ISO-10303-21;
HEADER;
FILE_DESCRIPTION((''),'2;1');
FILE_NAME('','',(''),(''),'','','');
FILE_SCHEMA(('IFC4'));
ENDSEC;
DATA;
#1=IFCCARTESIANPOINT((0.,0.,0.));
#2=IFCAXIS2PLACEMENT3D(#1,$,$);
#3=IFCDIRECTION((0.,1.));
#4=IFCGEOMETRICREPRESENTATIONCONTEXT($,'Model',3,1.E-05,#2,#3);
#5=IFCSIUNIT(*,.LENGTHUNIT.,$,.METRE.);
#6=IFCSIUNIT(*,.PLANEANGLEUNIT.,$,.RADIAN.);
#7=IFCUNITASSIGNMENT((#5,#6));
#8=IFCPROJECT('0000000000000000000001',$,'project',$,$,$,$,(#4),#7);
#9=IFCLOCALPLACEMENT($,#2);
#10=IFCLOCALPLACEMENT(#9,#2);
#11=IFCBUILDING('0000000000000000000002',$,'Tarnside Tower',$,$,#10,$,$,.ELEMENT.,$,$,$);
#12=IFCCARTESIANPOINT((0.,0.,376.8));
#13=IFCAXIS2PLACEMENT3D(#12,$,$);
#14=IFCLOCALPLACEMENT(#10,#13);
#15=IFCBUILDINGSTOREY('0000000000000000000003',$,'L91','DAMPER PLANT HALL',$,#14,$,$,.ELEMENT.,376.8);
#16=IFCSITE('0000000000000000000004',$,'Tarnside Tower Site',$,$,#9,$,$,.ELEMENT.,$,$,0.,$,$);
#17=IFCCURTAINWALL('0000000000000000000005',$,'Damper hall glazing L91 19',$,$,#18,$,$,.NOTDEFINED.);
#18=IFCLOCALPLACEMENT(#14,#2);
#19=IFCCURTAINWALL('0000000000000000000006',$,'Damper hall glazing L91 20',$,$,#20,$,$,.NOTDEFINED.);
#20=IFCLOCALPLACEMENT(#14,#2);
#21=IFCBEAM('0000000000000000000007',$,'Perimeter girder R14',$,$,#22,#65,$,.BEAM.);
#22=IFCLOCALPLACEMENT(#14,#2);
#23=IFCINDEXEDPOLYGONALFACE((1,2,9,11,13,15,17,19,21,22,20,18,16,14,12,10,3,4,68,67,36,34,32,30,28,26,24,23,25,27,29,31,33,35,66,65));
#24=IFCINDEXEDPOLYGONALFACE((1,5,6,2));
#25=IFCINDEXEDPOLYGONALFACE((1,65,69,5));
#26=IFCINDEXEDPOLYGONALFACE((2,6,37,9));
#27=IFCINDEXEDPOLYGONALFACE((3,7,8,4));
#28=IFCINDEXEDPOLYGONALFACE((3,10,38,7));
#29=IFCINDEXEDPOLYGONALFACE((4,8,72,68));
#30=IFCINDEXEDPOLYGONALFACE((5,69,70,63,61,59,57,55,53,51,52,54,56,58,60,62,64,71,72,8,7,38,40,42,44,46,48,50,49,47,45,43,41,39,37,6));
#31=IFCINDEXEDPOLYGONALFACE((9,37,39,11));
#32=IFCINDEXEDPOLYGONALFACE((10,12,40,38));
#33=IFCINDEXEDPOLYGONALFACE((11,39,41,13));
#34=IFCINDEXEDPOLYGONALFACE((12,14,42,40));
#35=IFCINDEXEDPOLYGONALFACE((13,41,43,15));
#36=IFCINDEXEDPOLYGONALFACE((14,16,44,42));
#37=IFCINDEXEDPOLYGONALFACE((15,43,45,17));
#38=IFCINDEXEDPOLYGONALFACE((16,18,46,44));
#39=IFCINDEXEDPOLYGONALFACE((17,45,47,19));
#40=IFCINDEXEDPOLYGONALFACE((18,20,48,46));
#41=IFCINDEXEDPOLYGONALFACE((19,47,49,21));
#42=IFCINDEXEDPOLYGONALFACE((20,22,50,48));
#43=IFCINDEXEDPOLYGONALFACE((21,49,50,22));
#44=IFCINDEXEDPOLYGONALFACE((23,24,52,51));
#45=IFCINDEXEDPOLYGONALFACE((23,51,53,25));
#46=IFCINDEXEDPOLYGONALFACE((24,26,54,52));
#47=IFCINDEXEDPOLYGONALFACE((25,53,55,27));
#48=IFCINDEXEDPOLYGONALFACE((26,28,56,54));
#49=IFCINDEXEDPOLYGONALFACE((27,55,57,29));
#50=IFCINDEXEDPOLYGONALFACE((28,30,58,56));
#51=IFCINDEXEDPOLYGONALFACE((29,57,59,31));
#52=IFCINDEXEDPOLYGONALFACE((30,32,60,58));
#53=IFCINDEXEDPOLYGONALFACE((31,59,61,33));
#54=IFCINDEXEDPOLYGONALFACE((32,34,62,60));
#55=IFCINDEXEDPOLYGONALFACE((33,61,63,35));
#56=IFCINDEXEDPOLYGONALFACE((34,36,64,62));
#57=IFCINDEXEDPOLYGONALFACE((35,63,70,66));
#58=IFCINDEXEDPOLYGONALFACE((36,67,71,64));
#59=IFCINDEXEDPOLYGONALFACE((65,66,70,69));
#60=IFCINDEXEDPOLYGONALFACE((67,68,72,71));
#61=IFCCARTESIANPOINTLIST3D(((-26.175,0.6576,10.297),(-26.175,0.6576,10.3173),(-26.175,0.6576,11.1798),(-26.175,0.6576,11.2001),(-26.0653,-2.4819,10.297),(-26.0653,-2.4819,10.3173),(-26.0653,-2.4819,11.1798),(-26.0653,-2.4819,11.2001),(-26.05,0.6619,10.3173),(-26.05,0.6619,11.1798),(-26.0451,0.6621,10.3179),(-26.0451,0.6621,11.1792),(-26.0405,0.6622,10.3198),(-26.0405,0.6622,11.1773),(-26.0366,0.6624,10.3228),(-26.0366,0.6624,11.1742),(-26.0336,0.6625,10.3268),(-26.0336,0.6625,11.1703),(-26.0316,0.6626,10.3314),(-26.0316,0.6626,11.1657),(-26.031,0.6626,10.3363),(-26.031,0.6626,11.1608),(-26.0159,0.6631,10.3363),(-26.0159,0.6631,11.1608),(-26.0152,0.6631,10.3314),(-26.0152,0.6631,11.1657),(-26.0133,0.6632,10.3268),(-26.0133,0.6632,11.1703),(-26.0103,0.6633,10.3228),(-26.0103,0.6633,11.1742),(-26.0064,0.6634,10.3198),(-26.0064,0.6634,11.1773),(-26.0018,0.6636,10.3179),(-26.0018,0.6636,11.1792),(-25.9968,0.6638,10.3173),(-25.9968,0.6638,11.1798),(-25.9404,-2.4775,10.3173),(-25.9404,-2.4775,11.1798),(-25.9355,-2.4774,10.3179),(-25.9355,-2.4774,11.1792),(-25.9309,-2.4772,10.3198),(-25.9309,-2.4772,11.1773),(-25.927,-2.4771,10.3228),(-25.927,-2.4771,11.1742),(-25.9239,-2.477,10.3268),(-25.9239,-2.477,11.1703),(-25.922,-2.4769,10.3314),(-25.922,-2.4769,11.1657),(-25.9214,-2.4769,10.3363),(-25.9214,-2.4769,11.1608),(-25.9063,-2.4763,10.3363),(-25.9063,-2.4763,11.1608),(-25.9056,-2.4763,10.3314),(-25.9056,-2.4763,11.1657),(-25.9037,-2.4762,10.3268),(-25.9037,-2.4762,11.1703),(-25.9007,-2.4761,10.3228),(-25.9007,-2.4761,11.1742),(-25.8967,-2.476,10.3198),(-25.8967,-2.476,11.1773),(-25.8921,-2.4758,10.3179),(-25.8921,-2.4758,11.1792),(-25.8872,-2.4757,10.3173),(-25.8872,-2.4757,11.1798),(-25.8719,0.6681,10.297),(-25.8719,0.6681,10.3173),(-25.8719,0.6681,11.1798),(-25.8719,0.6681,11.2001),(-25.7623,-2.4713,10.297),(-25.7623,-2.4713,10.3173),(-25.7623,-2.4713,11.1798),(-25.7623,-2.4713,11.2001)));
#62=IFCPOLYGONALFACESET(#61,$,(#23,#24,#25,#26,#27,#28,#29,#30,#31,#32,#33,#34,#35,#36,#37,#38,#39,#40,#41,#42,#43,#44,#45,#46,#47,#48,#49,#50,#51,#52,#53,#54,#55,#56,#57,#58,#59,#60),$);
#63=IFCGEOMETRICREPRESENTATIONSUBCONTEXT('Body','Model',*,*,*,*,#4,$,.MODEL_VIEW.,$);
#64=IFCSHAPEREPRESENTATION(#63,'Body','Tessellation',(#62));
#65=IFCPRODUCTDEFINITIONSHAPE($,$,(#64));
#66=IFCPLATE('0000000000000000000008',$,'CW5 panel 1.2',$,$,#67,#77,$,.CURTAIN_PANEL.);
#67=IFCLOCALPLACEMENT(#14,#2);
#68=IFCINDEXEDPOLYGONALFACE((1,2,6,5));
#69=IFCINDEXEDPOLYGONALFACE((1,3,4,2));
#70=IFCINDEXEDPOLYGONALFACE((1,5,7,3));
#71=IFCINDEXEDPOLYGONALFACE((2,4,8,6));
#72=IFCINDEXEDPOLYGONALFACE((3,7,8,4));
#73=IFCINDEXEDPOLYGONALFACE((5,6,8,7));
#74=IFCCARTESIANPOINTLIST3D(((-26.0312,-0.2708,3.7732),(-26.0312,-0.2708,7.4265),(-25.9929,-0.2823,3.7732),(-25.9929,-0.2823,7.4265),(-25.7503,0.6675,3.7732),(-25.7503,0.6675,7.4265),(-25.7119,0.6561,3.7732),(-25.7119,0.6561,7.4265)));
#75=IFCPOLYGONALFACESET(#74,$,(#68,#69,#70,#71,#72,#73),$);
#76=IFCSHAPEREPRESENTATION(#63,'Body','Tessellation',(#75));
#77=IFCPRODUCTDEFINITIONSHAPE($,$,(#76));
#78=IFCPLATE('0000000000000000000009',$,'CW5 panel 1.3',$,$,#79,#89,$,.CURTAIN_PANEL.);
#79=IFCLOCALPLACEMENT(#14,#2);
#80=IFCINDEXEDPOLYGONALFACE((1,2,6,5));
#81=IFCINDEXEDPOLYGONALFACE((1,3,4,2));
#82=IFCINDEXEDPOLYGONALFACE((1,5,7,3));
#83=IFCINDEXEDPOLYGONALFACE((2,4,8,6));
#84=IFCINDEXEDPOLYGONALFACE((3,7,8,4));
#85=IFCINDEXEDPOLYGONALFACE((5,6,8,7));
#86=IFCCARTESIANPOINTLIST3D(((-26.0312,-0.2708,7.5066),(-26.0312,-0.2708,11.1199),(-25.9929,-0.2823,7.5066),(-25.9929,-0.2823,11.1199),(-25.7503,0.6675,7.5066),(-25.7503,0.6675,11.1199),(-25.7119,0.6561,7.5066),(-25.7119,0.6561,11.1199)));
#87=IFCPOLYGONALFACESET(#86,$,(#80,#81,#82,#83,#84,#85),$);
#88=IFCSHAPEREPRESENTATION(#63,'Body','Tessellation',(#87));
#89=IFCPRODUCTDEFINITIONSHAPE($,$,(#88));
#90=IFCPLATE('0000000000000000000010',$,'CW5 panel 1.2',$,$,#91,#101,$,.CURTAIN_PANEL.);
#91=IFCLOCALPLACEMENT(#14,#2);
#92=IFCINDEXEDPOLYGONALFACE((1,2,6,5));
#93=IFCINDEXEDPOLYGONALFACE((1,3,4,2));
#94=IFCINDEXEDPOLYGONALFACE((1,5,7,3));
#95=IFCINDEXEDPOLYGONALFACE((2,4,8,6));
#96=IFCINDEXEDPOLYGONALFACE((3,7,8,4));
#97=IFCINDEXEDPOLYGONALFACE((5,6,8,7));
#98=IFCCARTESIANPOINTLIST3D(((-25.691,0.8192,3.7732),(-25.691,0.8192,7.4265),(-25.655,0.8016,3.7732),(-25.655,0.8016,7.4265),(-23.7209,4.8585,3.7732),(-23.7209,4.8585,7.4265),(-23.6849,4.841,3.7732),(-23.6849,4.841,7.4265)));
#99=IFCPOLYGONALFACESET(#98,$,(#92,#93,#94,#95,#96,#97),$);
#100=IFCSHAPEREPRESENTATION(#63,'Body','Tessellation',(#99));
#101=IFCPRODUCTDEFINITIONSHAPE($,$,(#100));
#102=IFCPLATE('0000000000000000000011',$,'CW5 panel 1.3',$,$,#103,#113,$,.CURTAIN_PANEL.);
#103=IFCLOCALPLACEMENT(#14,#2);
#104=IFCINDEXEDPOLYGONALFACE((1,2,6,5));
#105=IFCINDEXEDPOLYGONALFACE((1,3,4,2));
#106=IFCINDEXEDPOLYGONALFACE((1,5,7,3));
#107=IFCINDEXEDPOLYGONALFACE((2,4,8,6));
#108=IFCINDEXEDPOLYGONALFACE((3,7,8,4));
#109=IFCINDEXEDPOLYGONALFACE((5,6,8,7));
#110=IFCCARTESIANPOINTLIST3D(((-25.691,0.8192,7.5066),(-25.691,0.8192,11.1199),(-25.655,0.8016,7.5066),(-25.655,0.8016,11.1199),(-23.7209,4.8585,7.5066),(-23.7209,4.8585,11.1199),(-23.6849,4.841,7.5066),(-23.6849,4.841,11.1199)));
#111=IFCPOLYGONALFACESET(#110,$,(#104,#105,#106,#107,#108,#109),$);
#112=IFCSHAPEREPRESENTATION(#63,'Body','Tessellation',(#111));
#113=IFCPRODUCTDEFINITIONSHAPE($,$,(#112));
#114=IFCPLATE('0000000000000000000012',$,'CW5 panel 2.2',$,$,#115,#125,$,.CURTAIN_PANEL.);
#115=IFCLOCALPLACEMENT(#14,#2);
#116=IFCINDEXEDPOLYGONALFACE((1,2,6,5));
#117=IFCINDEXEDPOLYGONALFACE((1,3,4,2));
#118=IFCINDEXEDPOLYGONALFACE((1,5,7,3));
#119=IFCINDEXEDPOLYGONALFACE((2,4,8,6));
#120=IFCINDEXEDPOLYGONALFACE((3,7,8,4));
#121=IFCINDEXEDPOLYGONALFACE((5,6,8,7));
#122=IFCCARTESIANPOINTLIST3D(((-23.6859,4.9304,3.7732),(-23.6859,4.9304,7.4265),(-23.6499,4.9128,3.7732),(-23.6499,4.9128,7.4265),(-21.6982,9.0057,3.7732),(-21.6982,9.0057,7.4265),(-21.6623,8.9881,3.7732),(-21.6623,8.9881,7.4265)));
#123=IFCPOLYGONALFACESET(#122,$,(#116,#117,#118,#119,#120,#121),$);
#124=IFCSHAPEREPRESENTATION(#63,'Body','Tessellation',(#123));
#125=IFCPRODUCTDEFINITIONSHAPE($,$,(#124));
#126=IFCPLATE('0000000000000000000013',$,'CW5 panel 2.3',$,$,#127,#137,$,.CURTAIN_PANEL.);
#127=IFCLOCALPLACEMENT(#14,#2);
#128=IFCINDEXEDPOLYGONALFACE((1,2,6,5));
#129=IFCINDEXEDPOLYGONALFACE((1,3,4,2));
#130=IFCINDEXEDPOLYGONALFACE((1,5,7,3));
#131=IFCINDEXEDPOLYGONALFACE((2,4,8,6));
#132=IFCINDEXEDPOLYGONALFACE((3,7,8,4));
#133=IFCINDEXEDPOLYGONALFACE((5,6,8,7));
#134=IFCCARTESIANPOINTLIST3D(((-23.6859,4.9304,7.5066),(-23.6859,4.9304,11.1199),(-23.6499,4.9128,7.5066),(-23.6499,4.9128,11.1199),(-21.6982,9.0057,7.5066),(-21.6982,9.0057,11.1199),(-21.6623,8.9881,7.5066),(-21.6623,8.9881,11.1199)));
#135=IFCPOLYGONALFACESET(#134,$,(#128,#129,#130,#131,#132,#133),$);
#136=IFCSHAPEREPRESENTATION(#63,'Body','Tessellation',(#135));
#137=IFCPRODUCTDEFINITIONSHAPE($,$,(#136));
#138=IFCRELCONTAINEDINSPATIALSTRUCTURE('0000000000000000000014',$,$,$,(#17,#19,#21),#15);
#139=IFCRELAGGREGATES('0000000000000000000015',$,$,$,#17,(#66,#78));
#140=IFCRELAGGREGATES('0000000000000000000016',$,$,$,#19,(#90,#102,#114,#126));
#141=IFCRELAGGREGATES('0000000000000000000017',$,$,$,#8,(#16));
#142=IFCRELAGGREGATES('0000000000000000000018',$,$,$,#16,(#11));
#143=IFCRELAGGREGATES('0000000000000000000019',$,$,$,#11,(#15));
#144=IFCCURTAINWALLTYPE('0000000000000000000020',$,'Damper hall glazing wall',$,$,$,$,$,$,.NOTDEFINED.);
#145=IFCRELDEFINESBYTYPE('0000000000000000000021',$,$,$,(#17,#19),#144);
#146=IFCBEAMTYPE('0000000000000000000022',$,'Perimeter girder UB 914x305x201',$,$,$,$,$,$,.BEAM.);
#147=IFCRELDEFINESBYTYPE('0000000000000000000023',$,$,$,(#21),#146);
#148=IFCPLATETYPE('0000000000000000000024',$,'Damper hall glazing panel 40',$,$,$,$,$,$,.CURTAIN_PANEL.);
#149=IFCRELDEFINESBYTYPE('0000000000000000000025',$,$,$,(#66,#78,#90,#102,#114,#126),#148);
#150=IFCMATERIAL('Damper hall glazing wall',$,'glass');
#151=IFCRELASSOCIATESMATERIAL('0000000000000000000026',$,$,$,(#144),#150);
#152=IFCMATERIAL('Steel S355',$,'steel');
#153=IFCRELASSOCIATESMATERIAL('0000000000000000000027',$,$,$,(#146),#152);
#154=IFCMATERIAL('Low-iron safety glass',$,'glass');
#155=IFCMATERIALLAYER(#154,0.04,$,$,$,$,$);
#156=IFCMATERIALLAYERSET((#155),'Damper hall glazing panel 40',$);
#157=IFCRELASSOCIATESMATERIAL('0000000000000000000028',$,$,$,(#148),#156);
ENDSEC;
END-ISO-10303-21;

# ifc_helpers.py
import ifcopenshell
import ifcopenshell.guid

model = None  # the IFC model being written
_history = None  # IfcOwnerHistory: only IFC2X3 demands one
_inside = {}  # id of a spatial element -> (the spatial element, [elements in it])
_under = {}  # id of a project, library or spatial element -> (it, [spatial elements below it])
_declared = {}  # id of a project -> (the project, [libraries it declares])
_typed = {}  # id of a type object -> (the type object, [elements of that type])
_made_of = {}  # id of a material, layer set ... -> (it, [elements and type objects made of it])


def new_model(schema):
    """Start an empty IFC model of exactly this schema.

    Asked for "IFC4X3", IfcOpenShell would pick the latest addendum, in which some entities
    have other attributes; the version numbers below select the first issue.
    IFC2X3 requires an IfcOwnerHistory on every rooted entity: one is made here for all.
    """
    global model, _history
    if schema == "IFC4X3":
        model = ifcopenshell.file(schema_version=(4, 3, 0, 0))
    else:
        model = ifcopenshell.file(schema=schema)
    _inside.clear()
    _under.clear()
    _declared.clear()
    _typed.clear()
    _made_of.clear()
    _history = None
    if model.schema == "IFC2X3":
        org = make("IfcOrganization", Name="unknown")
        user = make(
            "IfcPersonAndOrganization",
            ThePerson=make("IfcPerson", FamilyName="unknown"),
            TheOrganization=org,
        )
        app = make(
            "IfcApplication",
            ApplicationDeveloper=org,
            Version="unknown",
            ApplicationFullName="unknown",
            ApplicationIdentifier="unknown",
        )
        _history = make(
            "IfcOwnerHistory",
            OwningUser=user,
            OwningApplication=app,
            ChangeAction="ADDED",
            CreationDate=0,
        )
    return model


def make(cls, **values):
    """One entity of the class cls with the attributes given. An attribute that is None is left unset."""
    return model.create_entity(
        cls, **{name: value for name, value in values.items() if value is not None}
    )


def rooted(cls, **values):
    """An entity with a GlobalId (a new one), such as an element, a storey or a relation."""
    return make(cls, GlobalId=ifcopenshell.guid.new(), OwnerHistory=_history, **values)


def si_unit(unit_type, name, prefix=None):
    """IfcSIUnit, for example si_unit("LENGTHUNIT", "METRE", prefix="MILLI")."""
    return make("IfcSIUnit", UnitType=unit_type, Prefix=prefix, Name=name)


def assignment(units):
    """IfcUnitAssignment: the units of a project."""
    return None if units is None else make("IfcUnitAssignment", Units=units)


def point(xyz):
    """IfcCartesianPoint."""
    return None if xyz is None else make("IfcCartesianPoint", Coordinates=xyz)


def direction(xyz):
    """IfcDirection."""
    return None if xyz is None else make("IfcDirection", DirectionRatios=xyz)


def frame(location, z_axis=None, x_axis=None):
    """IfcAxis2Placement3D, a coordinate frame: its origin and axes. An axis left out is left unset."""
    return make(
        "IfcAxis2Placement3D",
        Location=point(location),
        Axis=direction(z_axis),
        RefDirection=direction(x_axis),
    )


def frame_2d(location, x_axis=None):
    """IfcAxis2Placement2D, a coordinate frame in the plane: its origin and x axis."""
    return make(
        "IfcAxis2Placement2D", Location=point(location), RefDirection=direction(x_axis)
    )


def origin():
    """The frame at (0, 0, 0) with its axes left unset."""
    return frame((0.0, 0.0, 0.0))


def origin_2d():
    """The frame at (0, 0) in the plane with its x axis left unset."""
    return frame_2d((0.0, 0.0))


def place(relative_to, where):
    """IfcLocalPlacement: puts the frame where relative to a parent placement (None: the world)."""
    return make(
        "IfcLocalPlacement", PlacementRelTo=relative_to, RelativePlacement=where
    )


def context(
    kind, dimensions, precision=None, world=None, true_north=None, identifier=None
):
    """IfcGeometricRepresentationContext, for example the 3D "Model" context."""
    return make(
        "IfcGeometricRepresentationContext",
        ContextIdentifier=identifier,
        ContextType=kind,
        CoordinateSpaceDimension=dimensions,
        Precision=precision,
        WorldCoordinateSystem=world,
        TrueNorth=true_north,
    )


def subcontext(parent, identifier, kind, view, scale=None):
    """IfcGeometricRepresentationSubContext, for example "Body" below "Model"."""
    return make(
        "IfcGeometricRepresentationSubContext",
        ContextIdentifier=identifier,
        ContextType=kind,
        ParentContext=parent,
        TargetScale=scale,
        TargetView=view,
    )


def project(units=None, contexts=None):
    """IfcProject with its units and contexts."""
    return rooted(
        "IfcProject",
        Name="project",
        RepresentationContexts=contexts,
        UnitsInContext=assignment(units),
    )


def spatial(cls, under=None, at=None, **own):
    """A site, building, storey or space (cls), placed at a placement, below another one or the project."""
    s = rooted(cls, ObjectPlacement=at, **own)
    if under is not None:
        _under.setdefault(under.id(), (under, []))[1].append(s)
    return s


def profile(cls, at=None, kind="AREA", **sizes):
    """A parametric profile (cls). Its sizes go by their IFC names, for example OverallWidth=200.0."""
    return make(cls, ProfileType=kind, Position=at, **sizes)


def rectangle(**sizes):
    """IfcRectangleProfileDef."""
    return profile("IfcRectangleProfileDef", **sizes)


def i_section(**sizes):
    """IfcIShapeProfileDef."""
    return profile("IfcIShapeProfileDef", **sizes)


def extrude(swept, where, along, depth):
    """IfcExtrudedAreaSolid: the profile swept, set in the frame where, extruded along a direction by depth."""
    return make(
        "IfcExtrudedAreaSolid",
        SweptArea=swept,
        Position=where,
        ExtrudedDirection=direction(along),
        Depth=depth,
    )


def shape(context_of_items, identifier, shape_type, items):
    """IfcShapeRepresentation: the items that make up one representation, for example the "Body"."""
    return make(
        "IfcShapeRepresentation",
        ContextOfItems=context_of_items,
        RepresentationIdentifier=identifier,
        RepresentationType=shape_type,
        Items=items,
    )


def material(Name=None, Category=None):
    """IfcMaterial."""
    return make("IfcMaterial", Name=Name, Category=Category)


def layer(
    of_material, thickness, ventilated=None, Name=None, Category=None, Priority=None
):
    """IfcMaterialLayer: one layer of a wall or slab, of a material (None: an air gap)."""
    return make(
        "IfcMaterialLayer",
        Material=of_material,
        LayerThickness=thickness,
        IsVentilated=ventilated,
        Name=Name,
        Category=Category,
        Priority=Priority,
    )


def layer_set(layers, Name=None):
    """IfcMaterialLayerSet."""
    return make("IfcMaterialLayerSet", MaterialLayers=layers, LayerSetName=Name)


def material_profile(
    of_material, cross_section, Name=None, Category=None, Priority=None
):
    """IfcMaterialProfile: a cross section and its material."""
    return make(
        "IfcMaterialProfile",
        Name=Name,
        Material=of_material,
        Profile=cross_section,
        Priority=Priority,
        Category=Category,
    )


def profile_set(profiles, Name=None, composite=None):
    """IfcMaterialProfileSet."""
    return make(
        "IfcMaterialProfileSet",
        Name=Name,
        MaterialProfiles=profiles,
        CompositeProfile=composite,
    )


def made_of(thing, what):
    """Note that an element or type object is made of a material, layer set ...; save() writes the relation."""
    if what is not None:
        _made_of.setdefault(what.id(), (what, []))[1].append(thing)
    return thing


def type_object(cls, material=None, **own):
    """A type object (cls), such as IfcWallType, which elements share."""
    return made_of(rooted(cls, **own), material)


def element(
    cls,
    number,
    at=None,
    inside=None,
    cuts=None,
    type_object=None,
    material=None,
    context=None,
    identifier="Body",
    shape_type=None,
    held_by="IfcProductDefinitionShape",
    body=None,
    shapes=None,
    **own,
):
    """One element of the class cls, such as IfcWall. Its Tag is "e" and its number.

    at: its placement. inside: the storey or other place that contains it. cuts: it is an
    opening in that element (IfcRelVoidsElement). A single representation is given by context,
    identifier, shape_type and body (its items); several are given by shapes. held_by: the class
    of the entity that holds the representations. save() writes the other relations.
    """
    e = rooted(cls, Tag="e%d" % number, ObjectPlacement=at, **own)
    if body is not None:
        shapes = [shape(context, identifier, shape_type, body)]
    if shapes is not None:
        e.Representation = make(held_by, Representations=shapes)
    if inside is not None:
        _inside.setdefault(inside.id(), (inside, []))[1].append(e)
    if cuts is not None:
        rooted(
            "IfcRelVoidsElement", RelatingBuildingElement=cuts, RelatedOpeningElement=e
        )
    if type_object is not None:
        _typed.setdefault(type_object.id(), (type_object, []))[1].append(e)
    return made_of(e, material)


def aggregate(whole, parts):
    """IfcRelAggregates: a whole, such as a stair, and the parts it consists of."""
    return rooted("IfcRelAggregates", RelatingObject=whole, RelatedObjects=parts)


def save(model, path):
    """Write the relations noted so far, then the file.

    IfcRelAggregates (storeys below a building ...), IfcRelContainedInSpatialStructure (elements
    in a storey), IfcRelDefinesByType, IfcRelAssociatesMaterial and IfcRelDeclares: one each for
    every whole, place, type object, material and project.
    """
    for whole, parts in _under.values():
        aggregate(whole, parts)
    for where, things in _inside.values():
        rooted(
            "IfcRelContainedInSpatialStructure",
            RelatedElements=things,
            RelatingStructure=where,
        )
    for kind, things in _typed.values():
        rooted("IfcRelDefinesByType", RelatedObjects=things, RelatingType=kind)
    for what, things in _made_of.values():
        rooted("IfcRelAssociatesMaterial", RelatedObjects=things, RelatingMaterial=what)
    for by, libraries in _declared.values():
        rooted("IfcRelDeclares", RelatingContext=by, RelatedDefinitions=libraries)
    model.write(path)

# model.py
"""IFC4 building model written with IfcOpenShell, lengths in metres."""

from ifc_helpers import new_model, si_unit, direction, frame, origin, origin_2d, place, context, subcontext, project, spatial, rectangle, i_section, extrude, material, layer, layer_set, material_profile, profile_set, type_object, element, aggregate, save


model = new_model("IFC4")

# Units and contexts
model_context = context("Model", 3, precision=1e-05, world=origin(), true_north=direction((0.0, 1.0)))
body_context = subcontext(model_context, "Body", "Model", "MODEL_VIEW")
ifc_project = project(units=[si_unit("LENGTHUNIT", "METRE"), si_unit("PLANEANGLEUNIT", "RADIAN")], contexts=[model_context])

# Site, building, storey
site_placement = place(None, origin())
site = spatial("IfcSite", under=ifc_project, at=site_placement, Name="Tarnside Tower Site", CompositionType="ELEMENT", RefElevation=0.0)
building_placement = place(site_placement, origin())
building = spatial("IfcBuilding", under=site, at=building_placement, Name="Tarnside Tower", CompositionType="ELEMENT")
storey_placement = place(building_placement, frame((0.0, 0.0, 376.8)))
storey = spatial("IfcBuildingStorey", under=building, at=storey_placement, Name="L91", Description="DAMPER PLANT HALL", CompositionType="ELEMENT", Elevation=376.8)

# Curtain walls
ifc_material_1 = material(Name="Damper hall glazing wall", Category="glass")
curtain_wall_type = type_object("IfcCurtainWallType", Name="Damper hall glazing wall", PredefinedType="NOTDEFINED", material=ifc_material_1)
curtain_wall_1_placement = place(storey_placement, origin())
curtain_wall_1 = element("IfcCurtainWall", 1, at=curtain_wall_1_placement, inside=storey, type_object=curtain_wall_type, Name="Damper hall glazing L91 19", PredefinedType="NOTDEFINED")
curtain_wall_2_placement = place(storey_placement, origin())
curtain_wall_2 = element("IfcCurtainWall", 2, at=curtain_wall_2_placement, inside=storey, type_object=curtain_wall_type, Name="Damper hall glazing L91 20", PredefinedType="NOTDEFINED")

# Beam
ifc_material_2 = material(Name="Steel S355", Category="steel")
ifc_material_profile_1 = material_profile(ifc_material_2, i_section(OverallWidth=0.3032, OverallDepth=0.9031, WebThickness=0.0151, FlangeThickness=0.0203, FilletRadius=0.019, at=origin_2d()), Name="UB 914x305x201")
ifc_profile_set_1 = profile_set([ifc_material_profile_1], Name="Steel S355")
beam_type_1 = type_object("IfcBeamType", Name="Perimeter girder UB 914x305x201", PredefinedType="BEAM", material=ifc_profile_set_1)
beam_1_placement = place(storey_placement, frame((-26.0234, 0.6628, 10.7485), z_axis=(0.034896, -0.999391, 0.0), x_axis=(0.999391, 0.034896, 0.0)))
element("IfcBeam", 3, at=beam_1_placement, inside=storey, type_object=beam_type_1, Name="Perimeter girder R14", PredefinedType="BEAM", context=body_context, shape_type="SweptSolid", body=[
    extrude(i_section(OverallWidth=0.3032, OverallDepth=0.9031, WebThickness=0.0151, FlangeThickness=0.0203, FilletRadius=0.019, at=origin_2d()), origin(), (0.0, 0.0, 1.0), 3.1414),
])

# Plates
ifc_material_3 = material(Name="Low-iron safety glass", Category="glass")
ifc_layer = layer(ifc_material_3, 0.04)
ifc_layer_set = layer_set([ifc_layer], Name="Damper hall glazing panel 40")
plate_type = type_object("IfcPlateType", Name="Damper hall glazing panel 40", PredefinedType="CURTAIN_PANEL", material=ifc_layer_set)
plate_1_placement = place(storey_placement, frame((-25.8716, 0.1926, 3.7732), z_axis=(0.0, 0.0, 1.0), x_axis=(0.286803, 0.95799, 0.0)))
plate_1 = element("IfcPlate", 4, at=plate_1_placement, type_object=plate_type, Name="CW5 panel 1.2", PredefinedType="CURTAIN_PANEL", context=body_context, shape_type="SweptSolid", body=[
    extrude(rectangle(XDim=0.9795, YDim=0.04, at=origin_2d()), origin(), (0.0, 0.0, 1.0), 3.6533),
])
plate_2_placement = place(storey_placement, frame((-25.8716, 0.1926, 7.5066), z_axis=(0.0, 0.0, 1.0), x_axis=(0.286803, 0.95799, 0.0)))
plate_2 = element("IfcPlate", 5, at=plate_2_placement, type_object=plate_type, Name="CW5 panel 1.3", PredefinedType="CURTAIN_PANEL", context=body_context, shape_type="SweptSolid", body=[
    extrude(rectangle(XDim=0.9795, YDim=0.04, at=origin_2d()), origin(), (0.0, 0.0, 1.0), 3.6133),
])
aggregate(curtain_wall_1, [plate_1, plate_2])
plate_3_placement = place(storey_placement, frame((-24.688, 2.8301, 3.7732), z_axis=(0.0, 0.0, 1.0), x_axis=(0.438371, 0.898794, 0.0)))
plate_3 = element("IfcPlate", 6, at=plate_3_placement, type_object=plate_type, Name="CW5 panel 1.2", PredefinedType="CURTAIN_PANEL", context=body_context, shape_type="SweptSolid", body=[
    extrude(rectangle(XDim=4.4941, YDim=0.04, at=origin_2d()), origin(), (0.0, 0.0, 1.0), 3.6533),
])
plate_4_placement = place(storey_placement, frame((-24.688, 2.8301, 7.5066), z_axis=(0.0, 0.0, 1.0), x_axis=(0.438371, 0.898794, 0.0)))
plate_4 = element("IfcPlate", 7, at=plate_4_placement, type_object=plate_type, Name="CW5 panel 1.3", PredefinedType="CURTAIN_PANEL", context=body_context, shape_type="SweptSolid", body=[
    extrude(rectangle(XDim=4.4941, YDim=0.04, at=origin_2d()), origin(), (0.0, 0.0, 1.0), 3.6133),
])
plate_5_placement = place(storey_placement, frame((-22.6741, 6.9592, 3.7732), z_axis=(0.0, 0.0, 1.0), x_axis=(0.438371, 0.898794, 0.0)))
plate_5 = element("IfcPlate", 8, at=plate_5_placement, type_object=plate_type, Name="CW5 panel 2.2", PredefinedType="CURTAIN_PANEL", context=body_context, shape_type="SweptSolid", body=[
    extrude(rectangle(XDim=4.5342, YDim=0.04, at=origin_2d()), origin(), (0.0, 0.0, 1.0), 3.6533),
])
plate_6_placement = place(storey_placement, frame((-22.6741, 6.9592, 7.5066), z_axis=(0.0, 0.0, 1.0), x_axis=(0.438371, 0.898794, 0.0)))
plate_6 = element("IfcPlate", 9, at=plate_6_placement, type_object=plate_type, Name="CW5 panel 2.3", PredefinedType="CURTAIN_PANEL", context=body_context, shape_type="SweptSolid", body=[
    extrude(rectangle(XDim=4.5342, YDim=0.04, at=origin_2d()), origin(), (0.0, 0.0, 1.0), 3.6133),
])
aggregate(curtain_wall_2, [plate_3, plate_4, plate_5, plate_6])

save(model, "model.ifc")
